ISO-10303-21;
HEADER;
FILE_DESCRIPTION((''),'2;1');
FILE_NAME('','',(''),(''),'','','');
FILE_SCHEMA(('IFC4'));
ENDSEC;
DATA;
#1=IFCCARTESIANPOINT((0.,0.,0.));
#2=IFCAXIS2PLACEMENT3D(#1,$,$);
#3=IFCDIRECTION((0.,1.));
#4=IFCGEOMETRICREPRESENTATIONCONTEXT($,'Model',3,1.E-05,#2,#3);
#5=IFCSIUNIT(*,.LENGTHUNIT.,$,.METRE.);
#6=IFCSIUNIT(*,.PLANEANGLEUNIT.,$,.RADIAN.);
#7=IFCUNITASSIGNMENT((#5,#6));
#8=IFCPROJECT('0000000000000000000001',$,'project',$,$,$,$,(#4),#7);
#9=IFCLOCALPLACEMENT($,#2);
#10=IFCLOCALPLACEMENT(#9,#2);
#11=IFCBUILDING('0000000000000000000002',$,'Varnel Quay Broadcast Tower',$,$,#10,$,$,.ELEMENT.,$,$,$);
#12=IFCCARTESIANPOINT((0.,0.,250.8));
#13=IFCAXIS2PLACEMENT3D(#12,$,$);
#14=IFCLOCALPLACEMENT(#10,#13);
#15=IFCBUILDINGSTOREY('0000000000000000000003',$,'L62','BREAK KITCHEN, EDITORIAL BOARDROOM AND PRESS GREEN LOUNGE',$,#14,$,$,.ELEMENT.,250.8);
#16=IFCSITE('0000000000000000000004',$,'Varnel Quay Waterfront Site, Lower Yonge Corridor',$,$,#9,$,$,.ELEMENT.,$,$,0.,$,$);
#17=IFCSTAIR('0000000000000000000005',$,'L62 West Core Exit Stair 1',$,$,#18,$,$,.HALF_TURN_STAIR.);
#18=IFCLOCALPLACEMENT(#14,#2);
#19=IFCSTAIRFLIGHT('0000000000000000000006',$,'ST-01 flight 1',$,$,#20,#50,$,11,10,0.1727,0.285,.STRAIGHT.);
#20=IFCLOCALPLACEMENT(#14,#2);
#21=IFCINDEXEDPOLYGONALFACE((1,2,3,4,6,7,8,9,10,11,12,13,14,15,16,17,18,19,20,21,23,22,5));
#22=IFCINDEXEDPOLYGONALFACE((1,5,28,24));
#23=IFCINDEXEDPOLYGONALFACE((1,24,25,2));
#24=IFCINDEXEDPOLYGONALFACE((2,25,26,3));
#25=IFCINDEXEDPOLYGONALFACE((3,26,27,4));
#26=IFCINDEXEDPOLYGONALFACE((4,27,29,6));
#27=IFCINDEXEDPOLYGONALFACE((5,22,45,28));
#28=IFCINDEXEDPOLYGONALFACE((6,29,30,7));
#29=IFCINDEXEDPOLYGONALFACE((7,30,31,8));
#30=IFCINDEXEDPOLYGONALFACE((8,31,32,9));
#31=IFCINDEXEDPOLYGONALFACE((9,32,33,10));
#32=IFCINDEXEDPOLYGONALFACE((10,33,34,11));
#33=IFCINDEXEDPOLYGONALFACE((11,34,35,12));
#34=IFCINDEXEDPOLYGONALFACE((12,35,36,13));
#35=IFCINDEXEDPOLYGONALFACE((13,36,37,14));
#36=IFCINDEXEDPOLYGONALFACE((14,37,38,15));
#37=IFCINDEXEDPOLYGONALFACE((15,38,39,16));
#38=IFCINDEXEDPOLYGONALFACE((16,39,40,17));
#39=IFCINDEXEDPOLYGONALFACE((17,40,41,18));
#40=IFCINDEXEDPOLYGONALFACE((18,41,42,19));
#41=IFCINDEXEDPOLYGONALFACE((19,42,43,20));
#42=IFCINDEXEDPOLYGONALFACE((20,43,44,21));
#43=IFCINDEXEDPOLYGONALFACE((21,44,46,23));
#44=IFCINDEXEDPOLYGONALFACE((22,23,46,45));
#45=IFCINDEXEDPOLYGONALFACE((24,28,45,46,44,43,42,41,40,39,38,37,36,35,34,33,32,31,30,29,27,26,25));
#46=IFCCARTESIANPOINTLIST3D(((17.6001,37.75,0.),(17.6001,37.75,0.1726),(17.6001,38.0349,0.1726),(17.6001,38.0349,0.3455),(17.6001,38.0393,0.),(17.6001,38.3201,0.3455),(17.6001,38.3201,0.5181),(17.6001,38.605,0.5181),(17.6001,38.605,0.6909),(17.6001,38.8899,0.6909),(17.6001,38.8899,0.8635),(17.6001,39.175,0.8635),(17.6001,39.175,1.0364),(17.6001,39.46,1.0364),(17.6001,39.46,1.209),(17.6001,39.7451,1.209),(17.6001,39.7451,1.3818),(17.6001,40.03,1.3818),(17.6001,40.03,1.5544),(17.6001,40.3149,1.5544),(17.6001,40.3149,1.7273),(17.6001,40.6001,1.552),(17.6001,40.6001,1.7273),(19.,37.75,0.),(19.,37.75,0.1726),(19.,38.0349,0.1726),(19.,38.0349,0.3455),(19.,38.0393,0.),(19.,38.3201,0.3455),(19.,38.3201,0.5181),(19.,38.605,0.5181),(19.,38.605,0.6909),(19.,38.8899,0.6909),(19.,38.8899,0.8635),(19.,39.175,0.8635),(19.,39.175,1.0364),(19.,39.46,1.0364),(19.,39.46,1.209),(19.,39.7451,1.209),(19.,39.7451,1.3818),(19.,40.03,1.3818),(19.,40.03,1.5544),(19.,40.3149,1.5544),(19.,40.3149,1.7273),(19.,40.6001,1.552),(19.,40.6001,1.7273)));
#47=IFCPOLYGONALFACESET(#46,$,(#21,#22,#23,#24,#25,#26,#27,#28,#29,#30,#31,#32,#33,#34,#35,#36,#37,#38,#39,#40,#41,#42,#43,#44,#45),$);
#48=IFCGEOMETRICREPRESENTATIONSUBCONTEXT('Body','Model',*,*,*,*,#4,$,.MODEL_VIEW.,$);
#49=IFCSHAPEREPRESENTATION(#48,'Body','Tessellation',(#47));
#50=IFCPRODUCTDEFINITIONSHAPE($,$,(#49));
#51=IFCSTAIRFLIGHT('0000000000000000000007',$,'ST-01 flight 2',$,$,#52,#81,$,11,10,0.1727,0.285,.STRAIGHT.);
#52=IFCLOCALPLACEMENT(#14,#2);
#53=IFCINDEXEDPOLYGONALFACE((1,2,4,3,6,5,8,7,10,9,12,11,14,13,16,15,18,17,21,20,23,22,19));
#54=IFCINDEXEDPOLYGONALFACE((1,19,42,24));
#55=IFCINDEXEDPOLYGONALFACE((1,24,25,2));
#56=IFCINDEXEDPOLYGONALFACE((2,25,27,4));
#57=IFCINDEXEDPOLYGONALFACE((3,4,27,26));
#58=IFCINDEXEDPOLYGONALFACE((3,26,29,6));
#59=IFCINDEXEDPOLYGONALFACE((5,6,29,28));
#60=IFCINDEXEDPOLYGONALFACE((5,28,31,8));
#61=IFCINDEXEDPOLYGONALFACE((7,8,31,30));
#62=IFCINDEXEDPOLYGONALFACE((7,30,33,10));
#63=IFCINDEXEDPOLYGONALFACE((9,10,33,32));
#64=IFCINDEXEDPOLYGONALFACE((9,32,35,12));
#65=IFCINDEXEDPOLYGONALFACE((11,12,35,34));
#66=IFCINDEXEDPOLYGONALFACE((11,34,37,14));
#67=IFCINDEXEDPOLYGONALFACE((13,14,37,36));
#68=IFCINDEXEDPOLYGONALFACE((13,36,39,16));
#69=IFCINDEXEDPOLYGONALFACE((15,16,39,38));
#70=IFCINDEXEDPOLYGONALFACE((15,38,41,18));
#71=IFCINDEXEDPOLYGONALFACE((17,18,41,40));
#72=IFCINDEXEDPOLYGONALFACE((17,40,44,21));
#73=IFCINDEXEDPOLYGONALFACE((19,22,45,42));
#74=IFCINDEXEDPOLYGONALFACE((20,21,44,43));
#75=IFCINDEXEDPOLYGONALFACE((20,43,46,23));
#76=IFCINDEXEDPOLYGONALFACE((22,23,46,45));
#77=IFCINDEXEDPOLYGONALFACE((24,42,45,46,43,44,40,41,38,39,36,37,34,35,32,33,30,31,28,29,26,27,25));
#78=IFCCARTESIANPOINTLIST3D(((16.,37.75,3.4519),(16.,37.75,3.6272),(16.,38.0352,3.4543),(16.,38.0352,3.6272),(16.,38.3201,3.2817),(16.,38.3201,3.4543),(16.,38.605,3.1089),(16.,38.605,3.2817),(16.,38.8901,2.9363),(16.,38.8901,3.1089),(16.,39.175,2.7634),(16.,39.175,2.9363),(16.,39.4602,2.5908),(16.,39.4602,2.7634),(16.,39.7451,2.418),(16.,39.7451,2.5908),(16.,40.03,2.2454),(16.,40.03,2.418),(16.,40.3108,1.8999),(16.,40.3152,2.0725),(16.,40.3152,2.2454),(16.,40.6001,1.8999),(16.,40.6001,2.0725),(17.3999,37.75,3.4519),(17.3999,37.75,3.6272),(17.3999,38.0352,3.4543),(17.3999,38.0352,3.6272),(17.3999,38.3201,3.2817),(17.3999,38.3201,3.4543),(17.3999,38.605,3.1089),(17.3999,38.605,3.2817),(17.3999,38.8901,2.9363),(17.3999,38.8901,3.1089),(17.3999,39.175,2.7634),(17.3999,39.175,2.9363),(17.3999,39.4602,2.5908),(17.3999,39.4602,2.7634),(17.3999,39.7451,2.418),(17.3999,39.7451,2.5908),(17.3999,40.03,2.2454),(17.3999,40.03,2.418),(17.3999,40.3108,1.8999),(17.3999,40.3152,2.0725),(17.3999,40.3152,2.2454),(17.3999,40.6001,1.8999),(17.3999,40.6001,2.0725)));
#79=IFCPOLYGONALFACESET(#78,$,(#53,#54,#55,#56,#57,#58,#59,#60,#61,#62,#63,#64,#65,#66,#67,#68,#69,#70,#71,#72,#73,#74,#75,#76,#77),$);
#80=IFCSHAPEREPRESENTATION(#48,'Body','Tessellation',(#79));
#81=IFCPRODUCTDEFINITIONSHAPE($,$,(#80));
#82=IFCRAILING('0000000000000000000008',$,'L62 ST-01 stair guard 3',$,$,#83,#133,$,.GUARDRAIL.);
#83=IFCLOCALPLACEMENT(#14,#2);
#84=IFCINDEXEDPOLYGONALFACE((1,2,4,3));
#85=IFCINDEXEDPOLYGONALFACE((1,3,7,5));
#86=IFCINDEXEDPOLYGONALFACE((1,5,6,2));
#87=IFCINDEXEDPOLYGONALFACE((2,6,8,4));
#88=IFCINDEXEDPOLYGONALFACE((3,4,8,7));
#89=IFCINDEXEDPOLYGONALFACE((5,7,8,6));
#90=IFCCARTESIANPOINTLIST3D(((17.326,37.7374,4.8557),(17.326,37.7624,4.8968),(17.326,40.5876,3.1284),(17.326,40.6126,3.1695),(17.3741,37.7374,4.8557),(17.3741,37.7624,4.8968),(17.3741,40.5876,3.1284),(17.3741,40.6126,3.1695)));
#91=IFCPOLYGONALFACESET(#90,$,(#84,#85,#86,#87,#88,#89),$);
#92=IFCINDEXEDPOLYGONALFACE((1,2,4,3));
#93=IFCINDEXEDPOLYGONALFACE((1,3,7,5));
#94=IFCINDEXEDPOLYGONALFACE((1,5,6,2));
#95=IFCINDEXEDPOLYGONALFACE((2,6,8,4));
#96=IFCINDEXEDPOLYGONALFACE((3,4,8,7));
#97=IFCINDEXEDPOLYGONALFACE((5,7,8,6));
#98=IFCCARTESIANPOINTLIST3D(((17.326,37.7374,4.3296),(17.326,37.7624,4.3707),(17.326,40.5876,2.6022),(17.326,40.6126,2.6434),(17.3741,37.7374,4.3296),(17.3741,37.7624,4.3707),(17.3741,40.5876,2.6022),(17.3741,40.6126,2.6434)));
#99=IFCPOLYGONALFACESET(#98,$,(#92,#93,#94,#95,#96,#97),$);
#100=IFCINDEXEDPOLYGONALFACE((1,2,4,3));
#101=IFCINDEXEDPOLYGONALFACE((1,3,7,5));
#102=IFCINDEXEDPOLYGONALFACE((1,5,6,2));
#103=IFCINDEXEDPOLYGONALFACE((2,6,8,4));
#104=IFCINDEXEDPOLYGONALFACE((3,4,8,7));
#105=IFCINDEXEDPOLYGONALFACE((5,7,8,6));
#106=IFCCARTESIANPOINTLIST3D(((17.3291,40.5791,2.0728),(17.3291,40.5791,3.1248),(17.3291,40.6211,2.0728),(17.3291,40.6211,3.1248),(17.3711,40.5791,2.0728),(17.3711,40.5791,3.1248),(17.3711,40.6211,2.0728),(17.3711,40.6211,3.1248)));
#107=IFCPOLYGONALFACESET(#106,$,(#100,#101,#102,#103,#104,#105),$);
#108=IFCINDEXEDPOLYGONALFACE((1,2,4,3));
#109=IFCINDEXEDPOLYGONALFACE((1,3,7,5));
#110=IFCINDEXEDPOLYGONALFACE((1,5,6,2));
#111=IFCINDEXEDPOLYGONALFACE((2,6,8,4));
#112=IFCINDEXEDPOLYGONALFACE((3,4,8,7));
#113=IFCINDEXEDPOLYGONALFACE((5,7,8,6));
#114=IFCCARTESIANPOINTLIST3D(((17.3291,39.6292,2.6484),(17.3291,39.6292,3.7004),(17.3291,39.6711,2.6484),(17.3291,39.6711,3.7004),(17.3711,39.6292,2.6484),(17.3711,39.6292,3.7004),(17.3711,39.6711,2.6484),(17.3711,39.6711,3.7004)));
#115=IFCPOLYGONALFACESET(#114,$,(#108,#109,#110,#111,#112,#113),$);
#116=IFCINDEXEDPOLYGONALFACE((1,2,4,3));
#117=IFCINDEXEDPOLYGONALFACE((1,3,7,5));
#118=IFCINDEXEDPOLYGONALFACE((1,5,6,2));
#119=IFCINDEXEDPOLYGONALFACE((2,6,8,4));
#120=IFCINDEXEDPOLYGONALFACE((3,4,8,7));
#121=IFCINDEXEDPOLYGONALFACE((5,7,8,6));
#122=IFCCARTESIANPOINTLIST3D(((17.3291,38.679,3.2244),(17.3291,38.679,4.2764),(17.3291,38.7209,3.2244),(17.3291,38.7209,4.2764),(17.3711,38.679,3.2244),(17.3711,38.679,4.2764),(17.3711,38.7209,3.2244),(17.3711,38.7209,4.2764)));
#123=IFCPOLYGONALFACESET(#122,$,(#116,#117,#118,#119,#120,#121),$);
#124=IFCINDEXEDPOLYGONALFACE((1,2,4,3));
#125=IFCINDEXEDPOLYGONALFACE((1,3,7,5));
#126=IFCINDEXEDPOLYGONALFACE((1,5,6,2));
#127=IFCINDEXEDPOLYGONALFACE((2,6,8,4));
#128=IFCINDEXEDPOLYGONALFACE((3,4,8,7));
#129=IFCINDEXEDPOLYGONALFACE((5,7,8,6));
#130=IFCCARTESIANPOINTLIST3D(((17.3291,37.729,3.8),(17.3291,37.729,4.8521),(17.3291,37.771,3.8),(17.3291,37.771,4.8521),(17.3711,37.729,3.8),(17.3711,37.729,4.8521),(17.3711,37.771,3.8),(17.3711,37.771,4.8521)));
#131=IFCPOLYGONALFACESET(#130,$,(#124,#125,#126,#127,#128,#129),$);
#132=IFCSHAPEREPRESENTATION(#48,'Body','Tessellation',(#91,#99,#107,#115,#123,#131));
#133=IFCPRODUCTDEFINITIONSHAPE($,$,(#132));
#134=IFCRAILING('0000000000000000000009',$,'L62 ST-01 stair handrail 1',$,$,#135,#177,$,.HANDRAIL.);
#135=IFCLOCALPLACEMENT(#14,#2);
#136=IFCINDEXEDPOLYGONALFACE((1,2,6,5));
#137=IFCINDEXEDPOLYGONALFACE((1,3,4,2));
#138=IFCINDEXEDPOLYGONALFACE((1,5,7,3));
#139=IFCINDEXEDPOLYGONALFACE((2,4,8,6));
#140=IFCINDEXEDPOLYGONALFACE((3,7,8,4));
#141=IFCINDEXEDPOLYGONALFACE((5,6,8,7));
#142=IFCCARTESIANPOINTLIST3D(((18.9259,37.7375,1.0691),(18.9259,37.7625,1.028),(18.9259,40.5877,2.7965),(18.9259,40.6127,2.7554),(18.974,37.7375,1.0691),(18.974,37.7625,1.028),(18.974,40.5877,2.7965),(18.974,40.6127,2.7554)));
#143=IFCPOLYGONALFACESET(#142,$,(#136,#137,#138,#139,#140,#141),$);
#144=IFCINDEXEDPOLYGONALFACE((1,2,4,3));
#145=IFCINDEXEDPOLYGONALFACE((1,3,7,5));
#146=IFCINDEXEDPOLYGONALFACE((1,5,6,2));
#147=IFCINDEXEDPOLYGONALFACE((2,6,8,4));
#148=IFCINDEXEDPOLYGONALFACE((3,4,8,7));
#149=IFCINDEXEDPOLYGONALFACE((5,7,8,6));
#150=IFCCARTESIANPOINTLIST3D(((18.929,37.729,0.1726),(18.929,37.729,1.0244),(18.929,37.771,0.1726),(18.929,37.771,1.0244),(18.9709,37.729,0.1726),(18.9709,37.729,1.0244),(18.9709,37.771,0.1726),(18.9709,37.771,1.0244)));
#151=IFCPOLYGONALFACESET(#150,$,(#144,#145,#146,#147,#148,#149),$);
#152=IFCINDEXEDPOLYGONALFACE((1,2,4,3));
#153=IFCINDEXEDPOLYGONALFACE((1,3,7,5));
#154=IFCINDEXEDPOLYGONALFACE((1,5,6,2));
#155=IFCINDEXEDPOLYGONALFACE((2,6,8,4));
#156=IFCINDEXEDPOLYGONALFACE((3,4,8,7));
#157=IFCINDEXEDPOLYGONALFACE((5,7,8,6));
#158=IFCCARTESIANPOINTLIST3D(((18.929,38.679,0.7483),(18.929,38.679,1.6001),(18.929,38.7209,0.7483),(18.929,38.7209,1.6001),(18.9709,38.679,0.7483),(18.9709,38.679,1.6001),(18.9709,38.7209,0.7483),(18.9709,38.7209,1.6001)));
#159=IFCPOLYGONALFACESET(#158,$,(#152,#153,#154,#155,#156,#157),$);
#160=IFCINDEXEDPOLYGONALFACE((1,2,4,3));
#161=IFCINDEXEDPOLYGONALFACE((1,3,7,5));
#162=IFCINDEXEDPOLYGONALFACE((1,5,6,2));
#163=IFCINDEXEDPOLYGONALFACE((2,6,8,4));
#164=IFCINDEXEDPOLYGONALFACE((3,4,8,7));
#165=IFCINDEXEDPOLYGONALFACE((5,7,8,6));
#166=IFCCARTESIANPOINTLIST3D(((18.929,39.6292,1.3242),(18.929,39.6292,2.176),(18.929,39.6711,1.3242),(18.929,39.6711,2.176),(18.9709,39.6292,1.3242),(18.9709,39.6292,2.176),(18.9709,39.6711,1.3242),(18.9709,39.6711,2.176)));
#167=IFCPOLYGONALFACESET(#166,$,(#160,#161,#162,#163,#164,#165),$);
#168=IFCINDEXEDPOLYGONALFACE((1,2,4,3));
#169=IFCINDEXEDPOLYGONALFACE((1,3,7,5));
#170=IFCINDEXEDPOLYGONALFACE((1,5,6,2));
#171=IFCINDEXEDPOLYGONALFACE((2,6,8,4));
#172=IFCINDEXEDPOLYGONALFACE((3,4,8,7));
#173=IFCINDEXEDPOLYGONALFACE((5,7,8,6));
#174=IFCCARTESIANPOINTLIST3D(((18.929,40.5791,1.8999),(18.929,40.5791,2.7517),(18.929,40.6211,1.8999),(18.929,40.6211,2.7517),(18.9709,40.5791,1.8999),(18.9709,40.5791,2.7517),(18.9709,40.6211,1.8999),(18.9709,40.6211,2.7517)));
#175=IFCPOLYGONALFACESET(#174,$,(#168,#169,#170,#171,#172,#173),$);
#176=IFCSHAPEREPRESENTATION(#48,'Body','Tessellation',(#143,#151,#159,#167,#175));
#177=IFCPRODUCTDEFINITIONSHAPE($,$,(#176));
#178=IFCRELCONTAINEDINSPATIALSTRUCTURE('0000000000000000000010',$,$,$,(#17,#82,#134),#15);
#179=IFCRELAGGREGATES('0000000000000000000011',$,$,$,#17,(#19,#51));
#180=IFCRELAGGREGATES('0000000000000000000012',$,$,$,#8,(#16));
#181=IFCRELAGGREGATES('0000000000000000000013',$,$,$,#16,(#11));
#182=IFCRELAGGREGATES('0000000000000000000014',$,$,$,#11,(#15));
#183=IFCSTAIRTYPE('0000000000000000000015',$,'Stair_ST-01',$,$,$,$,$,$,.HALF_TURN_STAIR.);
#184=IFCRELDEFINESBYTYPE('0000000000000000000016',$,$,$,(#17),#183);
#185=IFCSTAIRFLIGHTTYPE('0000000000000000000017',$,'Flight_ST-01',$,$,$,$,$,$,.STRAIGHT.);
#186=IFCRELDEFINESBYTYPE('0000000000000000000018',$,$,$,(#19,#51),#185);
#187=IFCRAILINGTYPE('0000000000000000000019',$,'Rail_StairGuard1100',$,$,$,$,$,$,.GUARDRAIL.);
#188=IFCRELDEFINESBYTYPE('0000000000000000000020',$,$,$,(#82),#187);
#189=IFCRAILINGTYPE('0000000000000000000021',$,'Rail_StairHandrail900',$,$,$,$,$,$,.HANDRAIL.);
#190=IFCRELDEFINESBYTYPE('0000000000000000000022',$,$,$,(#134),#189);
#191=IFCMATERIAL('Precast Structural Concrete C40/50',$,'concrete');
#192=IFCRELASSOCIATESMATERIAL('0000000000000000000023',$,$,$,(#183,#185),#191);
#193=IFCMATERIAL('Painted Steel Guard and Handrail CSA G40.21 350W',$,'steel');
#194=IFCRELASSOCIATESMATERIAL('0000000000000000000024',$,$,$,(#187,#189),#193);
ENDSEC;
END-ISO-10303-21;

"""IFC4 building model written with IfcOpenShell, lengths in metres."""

from ifc_helpers import new_model, si_unit, direction, frame, origin, origin_2d, place, context, subcontext, project, spatial, polyline, rectangle, outline, extrude, material, type_object, element, aggregate, save


model = new_model("IFC4")

# Units and contexts
model_context = context("Model", 3, precision=1e-05, world=origin(), true_north=direction((0.0, 1.0)))
body_context = subcontext(model_context, "Body", "Model", "MODEL_VIEW")
ifc_project = project(units=[si_unit("LENGTHUNIT", "METRE"), si_unit("PLANEANGLEUNIT", "RADIAN")], contexts=[model_context])

# Site, building, storey
site_placement = place(None, origin())
site = spatial("IfcSite", under=ifc_project, at=site_placement, Name="Varnel Quay Waterfront Site, Lower Yonge Corridor", CompositionType="ELEMENT", RefElevation=0.0)
building_placement = place(site_placement, origin())
building = spatial("IfcBuilding", under=site, at=building_placement, Name="Varnel Quay Broadcast Tower", CompositionType="ELEMENT")
storey_placement = place(building_placement, frame((0.0, 0.0, 250.8)))
storey = spatial("IfcBuildingStorey", under=building, at=storey_placement, Name="L62", Description="BREAK KITCHEN, EDITORIAL BOARDROOM AND PRESS GREEN LOUNGE", CompositionType="ELEMENT", Elevation=250.8)

# Stair, stair flights
ifc_material_1 = material(Name="Precast Structural Concrete C40/50", Category="concrete")
stair_type = type_object("IfcStairType", Name="Stair_ST-01", PredefinedType="HALF_TURN_STAIR", material=ifc_material_1)
stair_placement = place(storey_placement, origin())
stair = element("IfcStair", 1, at=stair_placement, inside=storey, type_object=stair_type, Name="L62 West Core Exit Stair 1", PredefinedType="HALF_TURN_STAIR")
stair_flight_type = type_object("IfcStairFlightType", Name="Flight_ST-01", PredefinedType="STRAIGHT", material=ifc_material_1)
stair_flight_1_placement = place(storey_placement, frame((18.3, 37.75, 0.0), z_axis=(0.0, 0.0, 1.0), x_axis=(0.0, 1.0, 0.0)))
stair_flight_1 = element("IfcStairFlight", 2, at=stair_flight_1_placement, type_object=stair_flight_type, Name="ST-01 flight 1", NumberOfRisers=11, NumberOfTreads=10, PredefinedType="STRAIGHT", RiserHeight=0.1727, TreadLength=0.285, context=body_context, shape_type="SweptSolid", body=[
    extrude(outline(polyline([(0.0, 0.0), (0.0, 0.1726), (0.2849, 0.1726), (0.2849, 0.3455), (0.5701, 0.3455), (0.5701, 0.5181), (0.855, 0.5181), (0.855, 0.6909), (1.1399, 0.6909), (1.1399, 0.8635), (1.425, 0.8635), (1.425, 1.0364), (1.71, 1.0364), (1.71, 1.209), (1.9951, 1.209), (1.9951, 1.3818), (2.28, 1.3818), (2.28, 1.5544), (2.5649, 1.5544), (2.5649, 1.7273), (2.8501, 1.7273), (2.8501, 1.8999), (2.8501, 1.552), (0.2893, 0.0), (0.0, 0.0)])), frame((0.0, 0.7, 0.0), z_axis=(0.0, -1.0, 0.0), x_axis=(1.0, 0.0, 0.0)), (0.0, 0.0, 1.0), 1.3999),
])
stair_flight_2_placement = place(storey_placement, frame((16.7, 40.6001, 1.8999), z_axis=(0.0, 0.0, 1.0), x_axis=(0.0, -1.0, 0.0)))
stair_flight_2 = element("IfcStairFlight", 3, at=stair_flight_2_placement, type_object=stair_flight_type, Name="ST-01 flight 2", NumberOfRisers=11, NumberOfTreads=10, PredefinedType="STRAIGHT", RiserHeight=0.1727, TreadLength=0.285, context=body_context, shape_type="SweptSolid", body=[
    extrude(outline(polyline([(0.0, 0.0), (0.0, 0.1726), (0.2849, 0.1726), (0.2849, 0.3455), (0.5701, 0.3455), (0.5701, 0.5181), (0.855, 0.5181), (0.855, 0.6909), (1.1399, 0.6909), (1.1399, 0.8635), (1.425, 0.8635), (1.425, 1.0364), (1.71, 1.0364), (1.71, 1.209), (1.9951, 1.209), (1.9951, 1.3818), (2.28, 1.3818), (2.28, 1.5544), (2.5649, 1.5544), (2.5649, 1.7273), (2.8501, 1.7273), (2.8501, 1.8999), (2.8501, 1.552), (0.2893, 0.0), (0.0, 0.0)])), frame((0.0, 0.7, 0.0), z_axis=(0.0, -1.0, 0.0), x_axis=(1.0, 0.0, 0.0)), (0.0, 0.0, 1.0), 1.3999),
])
aggregate(stair, [stair_flight_1, stair_flight_2])

# Railings
ifc_material_2 = material(Name="Painted Steel Guard and Handrail CSA G40.21 350W", Category="steel")
railing_type_1 = type_object("IfcRailingType", Name="Rail_StairGuard1100", PredefinedType="GUARDRAIL", material=ifc_material_2)
railing_1_placement = place(storey_placement, frame((17.3501, 40.6001, 2.0728)))
element("IfcRailing", 4, at=railing_1_placement, inside=storey, type_object=railing_type_1, Name="L62 ST-01 stair guard 3", PredefinedType="GUARDRAIL", context=body_context, shape_type="SweptSolid", body=[
    extrude(rectangle(XDim=0.0481, YDim=0.0481, at=origin_2d()), frame((0.0, 0.0, 1.0762), z_axis=(0.0, -0.855203, 0.518294), x_axis=(1.0, 0.0, 0.0)), (0.0, 0.0, 1.0), 3.3328),
    extrude(rectangle(XDim=0.0481, YDim=0.0481, at=origin_2d()), frame((0.0, 0.0, 0.55), z_axis=(0.0, -0.855203, 0.518294), x_axis=(1.0, 0.0, 0.0)), (0.0, 0.0, 1.0), 3.3328),
    extrude(rectangle(XDim=0.042, YDim=0.042, at=origin_2d()), origin(), (0.0, 0.0, 1.0), 1.052),
    extrude(rectangle(XDim=0.042, YDim=0.042, at=origin_2d()), frame((0.0, -0.95, 0.5757)), (0.0, 0.0, 1.0), 1.052),
    extrude(rectangle(XDim=0.042, YDim=0.042, at=origin_2d()), frame((0.0, -1.9001, 1.1516)), (0.0, 0.0, 1.0), 1.052),
    extrude(rectangle(XDim=0.042, YDim=0.042, at=origin_2d()), frame((0.0, -2.8501, 1.7273)), (0.0, 0.0, 1.0), 1.052),
])
railing_type_2 = type_object("IfcRailingType", Name="Rail_StairHandrail900", PredefinedType="HANDRAIL", material=ifc_material_2)
railing_2_placement = place(storey_placement, frame((18.95, 37.75, 0.1726)))
element("IfcRailing", 5, at=railing_2_placement, inside=storey, type_object=railing_type_2, Name="L62 ST-01 stair handrail 1", PredefinedType="HANDRAIL", context=body_context, shape_type="SweptSolid", body=[
    extrude(rectangle(XDim=0.0481, YDim=0.0481, at=origin_2d()), frame((0.0, 0.0, 0.876), z_axis=(0.0, 0.855203, 0.518294), x_axis=(-1.0, 0.0, 0.0)), (0.0, 0.0, 1.0), 3.3328),
    extrude(rectangle(XDim=0.042, YDim=0.042, at=origin_2d()), origin(), (0.0, 0.0, 1.0), 0.8518),
    extrude(rectangle(XDim=0.042, YDim=0.042, at=origin_2d()), frame((0.0, 0.95, 0.5757)), (0.0, 0.0, 1.0), 0.8518),
    extrude(rectangle(XDim=0.042, YDim=0.042, at=origin_2d()), frame((0.0, 1.9001, 1.1516)), (0.0, 0.0, 1.0), 0.8518),
    extrude(rectangle(XDim=0.042, YDim=0.042, at=origin_2d()), frame((0.0, 2.8501, 1.7273)), (0.0, 0.0, 1.0), 0.8518),
])

save(model, "model.ifc")
